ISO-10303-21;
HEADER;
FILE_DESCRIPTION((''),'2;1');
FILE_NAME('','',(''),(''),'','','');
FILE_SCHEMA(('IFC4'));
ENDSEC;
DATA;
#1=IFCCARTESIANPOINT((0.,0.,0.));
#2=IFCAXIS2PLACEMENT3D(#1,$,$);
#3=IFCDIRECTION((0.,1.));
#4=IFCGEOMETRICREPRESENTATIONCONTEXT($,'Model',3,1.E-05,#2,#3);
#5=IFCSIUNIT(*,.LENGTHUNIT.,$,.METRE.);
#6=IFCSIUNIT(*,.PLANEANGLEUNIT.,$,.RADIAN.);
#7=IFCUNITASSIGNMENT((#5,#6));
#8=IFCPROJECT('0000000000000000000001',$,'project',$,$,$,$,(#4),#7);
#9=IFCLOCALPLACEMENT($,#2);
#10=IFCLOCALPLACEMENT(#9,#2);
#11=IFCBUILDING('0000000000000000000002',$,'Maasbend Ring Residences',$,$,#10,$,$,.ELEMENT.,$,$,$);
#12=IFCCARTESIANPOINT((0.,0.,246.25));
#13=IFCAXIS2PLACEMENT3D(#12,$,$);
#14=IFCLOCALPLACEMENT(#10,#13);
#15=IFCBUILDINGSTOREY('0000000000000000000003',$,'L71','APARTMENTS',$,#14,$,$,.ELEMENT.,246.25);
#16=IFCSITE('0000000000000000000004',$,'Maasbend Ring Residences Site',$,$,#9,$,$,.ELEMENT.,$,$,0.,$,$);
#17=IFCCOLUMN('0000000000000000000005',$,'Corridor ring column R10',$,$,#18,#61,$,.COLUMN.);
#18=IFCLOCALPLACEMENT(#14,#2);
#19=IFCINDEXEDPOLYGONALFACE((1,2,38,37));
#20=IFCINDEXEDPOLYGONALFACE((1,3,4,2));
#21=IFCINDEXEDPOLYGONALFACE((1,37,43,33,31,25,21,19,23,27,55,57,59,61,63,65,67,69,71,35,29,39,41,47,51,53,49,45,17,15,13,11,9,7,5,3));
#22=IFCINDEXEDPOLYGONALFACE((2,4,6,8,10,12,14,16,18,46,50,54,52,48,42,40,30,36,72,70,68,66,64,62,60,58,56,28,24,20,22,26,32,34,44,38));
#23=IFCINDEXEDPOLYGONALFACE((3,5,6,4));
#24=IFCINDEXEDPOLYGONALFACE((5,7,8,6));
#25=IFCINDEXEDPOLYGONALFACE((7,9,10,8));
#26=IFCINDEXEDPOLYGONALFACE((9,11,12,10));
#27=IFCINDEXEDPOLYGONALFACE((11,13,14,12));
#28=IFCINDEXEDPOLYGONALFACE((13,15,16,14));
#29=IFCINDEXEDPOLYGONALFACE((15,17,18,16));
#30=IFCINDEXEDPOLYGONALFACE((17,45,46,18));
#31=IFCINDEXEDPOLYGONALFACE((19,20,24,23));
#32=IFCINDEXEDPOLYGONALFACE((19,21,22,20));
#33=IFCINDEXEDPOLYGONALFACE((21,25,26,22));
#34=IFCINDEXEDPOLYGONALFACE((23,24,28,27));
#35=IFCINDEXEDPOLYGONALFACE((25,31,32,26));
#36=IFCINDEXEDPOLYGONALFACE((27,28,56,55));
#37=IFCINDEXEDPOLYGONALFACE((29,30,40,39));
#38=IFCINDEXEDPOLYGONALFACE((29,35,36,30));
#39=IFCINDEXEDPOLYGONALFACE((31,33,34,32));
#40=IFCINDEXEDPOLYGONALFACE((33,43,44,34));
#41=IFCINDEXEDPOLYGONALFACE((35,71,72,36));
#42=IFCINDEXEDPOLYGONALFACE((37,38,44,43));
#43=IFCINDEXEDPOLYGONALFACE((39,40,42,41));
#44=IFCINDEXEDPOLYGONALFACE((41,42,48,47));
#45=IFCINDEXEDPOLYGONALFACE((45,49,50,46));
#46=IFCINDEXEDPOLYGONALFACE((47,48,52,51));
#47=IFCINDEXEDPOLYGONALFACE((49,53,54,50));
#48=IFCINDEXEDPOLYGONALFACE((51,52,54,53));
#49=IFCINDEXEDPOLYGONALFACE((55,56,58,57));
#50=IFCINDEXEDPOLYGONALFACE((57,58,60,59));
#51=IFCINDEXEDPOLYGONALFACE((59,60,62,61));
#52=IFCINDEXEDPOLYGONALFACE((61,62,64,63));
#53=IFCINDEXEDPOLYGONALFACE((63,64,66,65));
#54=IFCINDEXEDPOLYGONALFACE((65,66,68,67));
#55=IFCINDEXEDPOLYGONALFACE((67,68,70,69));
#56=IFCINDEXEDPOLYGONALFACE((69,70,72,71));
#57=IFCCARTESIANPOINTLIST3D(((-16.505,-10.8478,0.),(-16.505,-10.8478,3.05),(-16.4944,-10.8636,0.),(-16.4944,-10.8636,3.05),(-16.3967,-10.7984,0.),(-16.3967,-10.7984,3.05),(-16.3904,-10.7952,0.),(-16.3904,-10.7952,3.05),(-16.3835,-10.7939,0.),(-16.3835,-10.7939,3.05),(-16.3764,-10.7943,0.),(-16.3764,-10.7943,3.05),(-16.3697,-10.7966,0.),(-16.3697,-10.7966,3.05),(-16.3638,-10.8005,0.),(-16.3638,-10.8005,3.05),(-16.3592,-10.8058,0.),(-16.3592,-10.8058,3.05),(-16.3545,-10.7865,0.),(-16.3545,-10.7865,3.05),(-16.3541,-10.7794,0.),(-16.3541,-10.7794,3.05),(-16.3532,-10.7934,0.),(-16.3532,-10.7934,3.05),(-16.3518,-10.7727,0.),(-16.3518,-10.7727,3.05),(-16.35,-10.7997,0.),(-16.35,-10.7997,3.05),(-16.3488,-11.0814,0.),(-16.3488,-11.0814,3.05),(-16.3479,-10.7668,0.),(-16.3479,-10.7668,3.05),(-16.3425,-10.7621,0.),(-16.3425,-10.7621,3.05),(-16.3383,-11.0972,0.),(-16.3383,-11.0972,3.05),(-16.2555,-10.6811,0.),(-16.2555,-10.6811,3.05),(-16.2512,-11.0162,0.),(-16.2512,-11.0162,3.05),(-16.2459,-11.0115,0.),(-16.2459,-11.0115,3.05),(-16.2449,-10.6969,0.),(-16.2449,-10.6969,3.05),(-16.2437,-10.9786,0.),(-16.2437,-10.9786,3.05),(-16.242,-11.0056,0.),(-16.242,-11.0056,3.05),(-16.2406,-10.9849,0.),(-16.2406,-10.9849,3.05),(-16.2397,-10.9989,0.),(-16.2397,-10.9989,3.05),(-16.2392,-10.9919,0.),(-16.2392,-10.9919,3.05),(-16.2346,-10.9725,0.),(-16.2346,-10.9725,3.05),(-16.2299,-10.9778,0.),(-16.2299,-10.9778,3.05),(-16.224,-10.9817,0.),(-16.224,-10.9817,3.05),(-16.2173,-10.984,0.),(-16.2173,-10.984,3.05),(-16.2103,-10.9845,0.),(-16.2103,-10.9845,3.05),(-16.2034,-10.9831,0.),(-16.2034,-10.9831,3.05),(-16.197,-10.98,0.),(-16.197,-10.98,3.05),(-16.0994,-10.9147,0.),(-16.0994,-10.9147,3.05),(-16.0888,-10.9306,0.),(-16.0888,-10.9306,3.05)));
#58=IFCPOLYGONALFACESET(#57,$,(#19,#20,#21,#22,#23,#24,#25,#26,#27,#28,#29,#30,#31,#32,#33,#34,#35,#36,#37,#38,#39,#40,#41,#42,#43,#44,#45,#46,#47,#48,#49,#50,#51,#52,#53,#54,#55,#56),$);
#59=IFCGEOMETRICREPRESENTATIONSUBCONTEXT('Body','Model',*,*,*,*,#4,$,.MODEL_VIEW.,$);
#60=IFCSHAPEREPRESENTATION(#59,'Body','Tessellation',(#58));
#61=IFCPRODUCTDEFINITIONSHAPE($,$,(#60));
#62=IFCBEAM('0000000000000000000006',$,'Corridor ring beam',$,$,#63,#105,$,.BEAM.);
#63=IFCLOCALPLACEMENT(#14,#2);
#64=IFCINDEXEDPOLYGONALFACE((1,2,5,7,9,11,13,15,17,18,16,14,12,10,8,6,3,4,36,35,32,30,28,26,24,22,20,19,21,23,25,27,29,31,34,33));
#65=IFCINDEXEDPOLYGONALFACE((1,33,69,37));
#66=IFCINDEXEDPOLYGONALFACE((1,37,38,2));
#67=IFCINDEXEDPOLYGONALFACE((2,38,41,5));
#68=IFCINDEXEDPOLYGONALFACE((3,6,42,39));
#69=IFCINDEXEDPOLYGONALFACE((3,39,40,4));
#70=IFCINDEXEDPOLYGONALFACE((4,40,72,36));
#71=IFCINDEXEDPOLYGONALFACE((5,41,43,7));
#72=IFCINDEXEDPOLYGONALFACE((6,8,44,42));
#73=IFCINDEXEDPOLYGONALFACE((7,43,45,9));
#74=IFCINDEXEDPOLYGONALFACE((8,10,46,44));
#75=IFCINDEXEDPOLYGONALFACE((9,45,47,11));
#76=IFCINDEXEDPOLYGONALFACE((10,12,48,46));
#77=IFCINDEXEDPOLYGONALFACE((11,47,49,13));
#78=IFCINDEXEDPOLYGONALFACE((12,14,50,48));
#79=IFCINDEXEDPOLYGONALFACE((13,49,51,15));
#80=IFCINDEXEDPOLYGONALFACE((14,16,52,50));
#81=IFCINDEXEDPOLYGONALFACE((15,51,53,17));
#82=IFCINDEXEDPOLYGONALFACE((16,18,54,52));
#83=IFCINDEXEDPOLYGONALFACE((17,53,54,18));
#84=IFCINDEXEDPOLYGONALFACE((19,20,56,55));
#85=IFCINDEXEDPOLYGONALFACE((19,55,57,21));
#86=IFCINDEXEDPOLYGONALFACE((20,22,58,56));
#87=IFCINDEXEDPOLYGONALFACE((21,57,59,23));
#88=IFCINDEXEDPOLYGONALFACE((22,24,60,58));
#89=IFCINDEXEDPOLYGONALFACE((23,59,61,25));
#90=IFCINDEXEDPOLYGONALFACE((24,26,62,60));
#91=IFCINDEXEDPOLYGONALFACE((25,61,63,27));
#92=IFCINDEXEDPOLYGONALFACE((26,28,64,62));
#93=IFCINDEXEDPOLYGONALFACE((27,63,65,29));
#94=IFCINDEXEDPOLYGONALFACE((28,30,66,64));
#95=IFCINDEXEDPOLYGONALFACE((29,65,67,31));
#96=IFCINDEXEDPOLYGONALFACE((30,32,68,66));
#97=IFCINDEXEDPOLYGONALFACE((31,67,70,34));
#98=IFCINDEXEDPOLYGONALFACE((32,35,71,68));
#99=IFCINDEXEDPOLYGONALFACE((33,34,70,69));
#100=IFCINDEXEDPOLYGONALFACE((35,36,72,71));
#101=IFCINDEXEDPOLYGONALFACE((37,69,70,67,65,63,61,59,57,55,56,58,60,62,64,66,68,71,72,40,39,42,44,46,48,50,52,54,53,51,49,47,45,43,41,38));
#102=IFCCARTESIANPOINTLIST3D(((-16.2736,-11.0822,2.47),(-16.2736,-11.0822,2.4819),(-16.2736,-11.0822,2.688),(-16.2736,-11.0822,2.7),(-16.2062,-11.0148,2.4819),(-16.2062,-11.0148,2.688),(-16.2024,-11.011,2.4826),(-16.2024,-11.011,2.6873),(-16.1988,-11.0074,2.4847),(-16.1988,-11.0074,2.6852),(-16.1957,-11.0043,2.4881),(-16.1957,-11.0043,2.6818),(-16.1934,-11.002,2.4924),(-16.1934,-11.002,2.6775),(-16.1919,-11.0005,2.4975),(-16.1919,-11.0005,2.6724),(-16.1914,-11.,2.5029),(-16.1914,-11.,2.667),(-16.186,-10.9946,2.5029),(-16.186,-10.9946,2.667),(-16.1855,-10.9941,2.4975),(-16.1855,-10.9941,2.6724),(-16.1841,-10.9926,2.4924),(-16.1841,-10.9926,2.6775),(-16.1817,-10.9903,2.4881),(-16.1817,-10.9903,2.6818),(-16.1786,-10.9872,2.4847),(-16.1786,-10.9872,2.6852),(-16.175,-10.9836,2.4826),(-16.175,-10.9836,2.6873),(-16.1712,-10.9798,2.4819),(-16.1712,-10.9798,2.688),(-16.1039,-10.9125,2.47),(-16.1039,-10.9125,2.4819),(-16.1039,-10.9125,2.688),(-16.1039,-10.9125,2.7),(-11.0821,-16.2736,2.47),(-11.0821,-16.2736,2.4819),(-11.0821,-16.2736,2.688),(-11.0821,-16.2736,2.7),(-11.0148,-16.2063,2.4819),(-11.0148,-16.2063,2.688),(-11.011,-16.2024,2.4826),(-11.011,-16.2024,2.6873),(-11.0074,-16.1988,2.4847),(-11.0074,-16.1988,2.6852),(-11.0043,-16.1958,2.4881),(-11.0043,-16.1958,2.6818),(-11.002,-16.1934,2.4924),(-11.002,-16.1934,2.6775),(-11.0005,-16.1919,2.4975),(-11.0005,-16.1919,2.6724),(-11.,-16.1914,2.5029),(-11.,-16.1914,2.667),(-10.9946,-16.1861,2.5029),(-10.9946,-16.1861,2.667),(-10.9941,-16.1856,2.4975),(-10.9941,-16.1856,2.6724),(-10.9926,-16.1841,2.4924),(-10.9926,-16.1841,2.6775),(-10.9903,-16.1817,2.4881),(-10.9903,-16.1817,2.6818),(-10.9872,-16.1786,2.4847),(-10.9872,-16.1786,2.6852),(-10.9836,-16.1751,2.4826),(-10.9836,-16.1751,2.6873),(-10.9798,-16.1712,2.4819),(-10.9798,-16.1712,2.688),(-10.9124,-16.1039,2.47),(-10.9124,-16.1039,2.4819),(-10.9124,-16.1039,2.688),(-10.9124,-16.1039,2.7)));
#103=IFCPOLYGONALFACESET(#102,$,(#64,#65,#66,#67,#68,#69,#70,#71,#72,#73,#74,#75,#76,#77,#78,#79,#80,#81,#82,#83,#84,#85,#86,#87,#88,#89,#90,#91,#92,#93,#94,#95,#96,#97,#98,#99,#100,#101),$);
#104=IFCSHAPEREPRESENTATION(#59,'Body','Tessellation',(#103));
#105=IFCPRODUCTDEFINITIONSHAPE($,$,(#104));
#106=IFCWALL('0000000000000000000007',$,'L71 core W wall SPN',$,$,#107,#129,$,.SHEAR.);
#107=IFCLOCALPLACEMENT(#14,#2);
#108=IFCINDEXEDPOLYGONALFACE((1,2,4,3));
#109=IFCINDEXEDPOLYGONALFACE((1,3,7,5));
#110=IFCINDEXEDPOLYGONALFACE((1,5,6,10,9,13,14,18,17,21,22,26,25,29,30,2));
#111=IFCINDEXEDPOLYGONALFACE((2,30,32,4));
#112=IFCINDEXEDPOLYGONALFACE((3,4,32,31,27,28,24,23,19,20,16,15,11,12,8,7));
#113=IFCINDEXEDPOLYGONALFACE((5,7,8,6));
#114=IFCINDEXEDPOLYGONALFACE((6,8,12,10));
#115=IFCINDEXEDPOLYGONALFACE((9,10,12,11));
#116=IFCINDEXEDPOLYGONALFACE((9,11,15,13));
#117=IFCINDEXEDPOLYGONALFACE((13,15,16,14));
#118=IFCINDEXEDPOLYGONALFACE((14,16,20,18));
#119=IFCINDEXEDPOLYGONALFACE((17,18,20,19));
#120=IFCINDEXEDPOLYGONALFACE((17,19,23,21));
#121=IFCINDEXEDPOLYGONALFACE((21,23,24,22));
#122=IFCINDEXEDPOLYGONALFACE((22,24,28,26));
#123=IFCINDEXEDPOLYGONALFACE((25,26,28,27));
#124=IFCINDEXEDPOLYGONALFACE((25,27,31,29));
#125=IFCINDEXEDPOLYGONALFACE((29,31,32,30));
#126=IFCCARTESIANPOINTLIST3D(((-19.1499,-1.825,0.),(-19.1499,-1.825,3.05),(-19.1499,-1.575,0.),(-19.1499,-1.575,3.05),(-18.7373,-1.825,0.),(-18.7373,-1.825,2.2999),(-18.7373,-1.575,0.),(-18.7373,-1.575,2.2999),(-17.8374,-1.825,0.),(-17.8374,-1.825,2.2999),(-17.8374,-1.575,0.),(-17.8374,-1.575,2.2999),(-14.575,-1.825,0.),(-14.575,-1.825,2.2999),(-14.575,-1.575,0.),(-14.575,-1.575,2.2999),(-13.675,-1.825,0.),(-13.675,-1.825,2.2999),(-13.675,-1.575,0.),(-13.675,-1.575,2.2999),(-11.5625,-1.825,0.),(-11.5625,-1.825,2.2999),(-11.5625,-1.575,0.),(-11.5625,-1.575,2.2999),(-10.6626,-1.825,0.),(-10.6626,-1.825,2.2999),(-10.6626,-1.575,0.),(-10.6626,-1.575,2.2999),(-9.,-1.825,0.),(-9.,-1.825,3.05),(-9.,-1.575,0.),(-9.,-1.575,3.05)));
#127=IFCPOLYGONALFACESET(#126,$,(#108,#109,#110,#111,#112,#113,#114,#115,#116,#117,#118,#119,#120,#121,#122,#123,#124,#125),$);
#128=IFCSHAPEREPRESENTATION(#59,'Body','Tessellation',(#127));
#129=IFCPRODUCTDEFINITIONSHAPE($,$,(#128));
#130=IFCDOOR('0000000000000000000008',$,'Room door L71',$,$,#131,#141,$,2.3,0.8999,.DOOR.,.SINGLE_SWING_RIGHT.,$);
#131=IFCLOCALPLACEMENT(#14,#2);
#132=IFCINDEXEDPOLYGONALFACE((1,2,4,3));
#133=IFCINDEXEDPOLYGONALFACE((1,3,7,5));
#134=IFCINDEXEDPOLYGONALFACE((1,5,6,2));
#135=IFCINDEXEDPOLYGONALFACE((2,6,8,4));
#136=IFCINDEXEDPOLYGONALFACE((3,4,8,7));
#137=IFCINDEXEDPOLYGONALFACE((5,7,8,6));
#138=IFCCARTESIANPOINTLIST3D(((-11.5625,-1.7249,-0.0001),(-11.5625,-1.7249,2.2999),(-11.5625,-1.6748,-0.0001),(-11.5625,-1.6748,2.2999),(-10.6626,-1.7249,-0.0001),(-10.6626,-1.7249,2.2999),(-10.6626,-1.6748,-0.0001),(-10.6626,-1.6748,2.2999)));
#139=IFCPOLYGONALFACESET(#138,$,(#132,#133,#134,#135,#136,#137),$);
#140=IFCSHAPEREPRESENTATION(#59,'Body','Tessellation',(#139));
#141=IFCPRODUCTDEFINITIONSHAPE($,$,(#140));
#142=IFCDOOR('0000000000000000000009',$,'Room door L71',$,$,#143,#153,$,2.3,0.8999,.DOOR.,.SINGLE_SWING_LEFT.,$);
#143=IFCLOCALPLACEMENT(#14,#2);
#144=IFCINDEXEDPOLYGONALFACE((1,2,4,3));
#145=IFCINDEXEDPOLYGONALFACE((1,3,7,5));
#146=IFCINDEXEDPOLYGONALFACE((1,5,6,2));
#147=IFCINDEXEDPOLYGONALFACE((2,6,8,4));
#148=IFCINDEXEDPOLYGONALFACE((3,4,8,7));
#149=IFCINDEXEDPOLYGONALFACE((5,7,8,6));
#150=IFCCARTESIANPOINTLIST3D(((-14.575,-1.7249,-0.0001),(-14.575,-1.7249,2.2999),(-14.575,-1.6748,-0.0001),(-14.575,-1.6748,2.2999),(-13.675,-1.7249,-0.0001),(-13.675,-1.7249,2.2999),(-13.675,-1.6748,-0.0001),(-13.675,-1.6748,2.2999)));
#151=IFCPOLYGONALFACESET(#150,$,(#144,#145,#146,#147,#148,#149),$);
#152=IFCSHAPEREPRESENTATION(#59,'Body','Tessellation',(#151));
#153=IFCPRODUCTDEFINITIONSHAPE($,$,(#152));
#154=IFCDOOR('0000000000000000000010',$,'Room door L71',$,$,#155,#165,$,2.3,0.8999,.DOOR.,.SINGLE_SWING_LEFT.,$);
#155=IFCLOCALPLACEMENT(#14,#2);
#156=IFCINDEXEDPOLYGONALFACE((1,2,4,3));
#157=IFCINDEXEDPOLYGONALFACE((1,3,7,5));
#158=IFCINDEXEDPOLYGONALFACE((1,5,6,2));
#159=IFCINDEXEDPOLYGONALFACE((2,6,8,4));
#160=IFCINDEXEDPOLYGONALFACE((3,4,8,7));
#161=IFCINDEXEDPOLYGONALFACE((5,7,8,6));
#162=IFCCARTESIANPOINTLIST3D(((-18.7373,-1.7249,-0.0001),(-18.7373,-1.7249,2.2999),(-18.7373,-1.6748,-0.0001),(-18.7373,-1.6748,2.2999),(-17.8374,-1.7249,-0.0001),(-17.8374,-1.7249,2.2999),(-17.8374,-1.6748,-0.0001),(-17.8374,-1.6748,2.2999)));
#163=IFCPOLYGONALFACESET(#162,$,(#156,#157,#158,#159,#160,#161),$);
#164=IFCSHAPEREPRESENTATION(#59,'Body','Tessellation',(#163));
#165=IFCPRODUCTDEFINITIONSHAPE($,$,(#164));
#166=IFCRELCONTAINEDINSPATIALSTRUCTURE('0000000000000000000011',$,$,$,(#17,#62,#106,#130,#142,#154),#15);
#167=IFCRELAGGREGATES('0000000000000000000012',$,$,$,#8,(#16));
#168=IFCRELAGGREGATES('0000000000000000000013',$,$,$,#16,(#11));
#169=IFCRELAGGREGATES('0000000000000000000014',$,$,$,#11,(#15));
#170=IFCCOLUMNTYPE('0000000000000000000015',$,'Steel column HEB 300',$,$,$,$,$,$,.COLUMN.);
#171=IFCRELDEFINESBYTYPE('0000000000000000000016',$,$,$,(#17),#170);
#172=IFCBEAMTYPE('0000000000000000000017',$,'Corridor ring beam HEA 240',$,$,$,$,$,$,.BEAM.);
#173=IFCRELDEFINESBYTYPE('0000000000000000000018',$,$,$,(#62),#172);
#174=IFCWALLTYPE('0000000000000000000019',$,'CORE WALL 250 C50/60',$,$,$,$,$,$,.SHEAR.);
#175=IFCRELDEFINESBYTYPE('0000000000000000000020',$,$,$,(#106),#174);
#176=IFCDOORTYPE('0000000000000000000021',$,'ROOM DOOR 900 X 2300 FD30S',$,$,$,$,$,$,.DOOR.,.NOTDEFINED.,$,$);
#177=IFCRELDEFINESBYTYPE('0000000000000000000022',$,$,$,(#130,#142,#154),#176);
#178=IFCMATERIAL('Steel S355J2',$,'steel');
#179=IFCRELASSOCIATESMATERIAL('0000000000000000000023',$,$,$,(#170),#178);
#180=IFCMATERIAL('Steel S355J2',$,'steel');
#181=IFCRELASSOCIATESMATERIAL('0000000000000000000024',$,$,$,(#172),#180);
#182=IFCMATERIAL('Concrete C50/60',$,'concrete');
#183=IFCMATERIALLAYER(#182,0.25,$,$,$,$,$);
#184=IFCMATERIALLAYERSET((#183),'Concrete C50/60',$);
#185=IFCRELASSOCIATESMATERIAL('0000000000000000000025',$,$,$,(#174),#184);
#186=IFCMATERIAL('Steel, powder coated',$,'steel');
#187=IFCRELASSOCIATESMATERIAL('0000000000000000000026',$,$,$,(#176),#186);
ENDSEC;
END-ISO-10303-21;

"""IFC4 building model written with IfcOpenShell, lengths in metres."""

from ifc_helpers import new_model, si_unit, direction, frame, frame_2d, origin, origin_2d, place, context, subcontext, project, spatial, rectangle, i_section, extrude, material, layer, layer_set, material_profile, profile_set, type_object, element, fill, save


model = new_model("IFC4")

# Units and contexts
model_context = context("Model", 3, precision=1e-05, world=origin(), true_north=direction((0.0, 1.0)))
body_context = subcontext(model_context, "Body", "Model", "MODEL_VIEW")
ifc_project = project(units=[si_unit("LENGTHUNIT", "METRE"), si_unit("PLANEANGLEUNIT", "RADIAN")], contexts=[model_context])

# Site, building, storey
site_placement = place(None, origin())
site = spatial("IfcSite", under=ifc_project, at=site_placement, Name="Maasbend Ring Residences Site", CompositionType="ELEMENT", RefElevation=0.0)
building_placement = place(site_placement, origin())
building = spatial("IfcBuilding", under=site, at=building_placement, Name="Maasbend Ring Residences", CompositionType="ELEMENT")
storey_placement = place(building_placement, frame((0.0, 0.0, 246.25)))
storey = spatial("IfcBuildingStorey", under=building, at=storey_placement, Name="L71", Description="APARTMENTS", CompositionType="ELEMENT", Elevation=246.25)

# Column
ifc_material_1 = material(Name="Steel S355J2", Category="steel")
ifc_material_profile_1 = material_profile(ifc_material_1, i_section(OverallWidth=0.3, OverallDepth=0.3, WebThickness=0.011, FlangeThickness=0.019, FilletRadius=0.0271, at=origin_2d()), Name="HEB 300")
ifc_profile_set_1 = profile_set([ifc_material_profile_1], Name="Steel S355J2")
column_type = type_object("IfcColumnType", Name="Steel column HEB 300", PredefinedType="COLUMN", material=ifc_profile_set_1)
column_placement = place(storey_placement, frame((-16.2969, -10.8892, 0.0), z_axis=(0.0, 0.0, 1.0), x_axis=(-0.83147, -0.55557, 0.0)))
element("IfcColumn", 1, at=column_placement, inside=storey, type_object=column_type, Name="Corridor ring column R10", PredefinedType="COLUMN", context=body_context, shape_type="SweptSolid", body=[
    extrude(i_section(OverallWidth=0.3, OverallDepth=0.3, WebThickness=0.011, FlangeThickness=0.019, FilletRadius=0.0271, at=origin_2d()), origin(), (0.0, 0.0, 1.0), 3.05),
])

# Beam
ifc_material_2 = material(Name="Steel S355J2", Category="steel")
ifc_material_profile_2 = material_profile(ifc_material_2, i_section(OverallWidth=0.24, OverallDepth=0.23, WebThickness=0.0076, FlangeThickness=0.012, FilletRadius=0.021, at=origin_2d()), Name="HEA 240")
ifc_profile_set_2 = profile_set([ifc_material_profile_2], Name="Steel S355J2")
beam_type = type_object("IfcBeamType", Name="Corridor ring beam HEA 240", PredefinedType="BEAM", material=ifc_profile_set_2)
beam_placement = place(storey_placement, frame((-16.1887, -10.9973, 2.585), z_axis=(0.707107, -0.707107, 0.0), x_axis=(0.707107, 0.707107, 0.0)))
element("IfcBeam", 2, at=beam_placement, inside=storey, type_object=beam_type, Name="Corridor ring beam", PredefinedType="BEAM", context=body_context, shape_type="SweptSolid", body=[
    extrude(i_section(OverallWidth=0.24, OverallDepth=0.23, WebThickness=0.0076, FlangeThickness=0.012, FilletRadius=0.021, at=origin_2d()), origin(), (0.0, 0.0, 1.0), 7.3418),
])

# Wall, openings, doors
ifc_material_3 = material(Name="Concrete C50/60", Category="concrete")
ifc_layer_1 = layer(ifc_material_3, 0.25)
ifc_layer_set_1 = layer_set([ifc_layer_1], Name="Concrete C50/60")
wall_type_1 = type_object("IfcWallType", Name="CORE WALL 250 C50/60", PredefinedType="SHEAR", material=ifc_layer_set_1)
wall_1_placement = place(storey_placement, frame((-9.0, -1.7, 0.0), z_axis=(0.0, 0.0, 1.0), x_axis=(-1.0, 0.0, 0.0)))
wall_1 = element("IfcWall", 3, at=wall_1_placement, inside=storey, type_object=wall_type_1, Name="L71 core W wall SPN", PredefinedType="SHEAR", context=body_context, shape_type="SweptSolid", body=[
    extrude(rectangle(XDim=10.1499, YDim=0.25, at=frame_2d((5.075, 0.0))), origin(), (0.0, 0.0, 1.0), 3.05),
])
opening_1_placement = place(wall_1_placement, frame((1.6626, 0.0, 0.0)))
opening_1 = element("IfcOpeningElement", 4, at=opening_1_placement, cuts=wall_1, PredefinedType="OPENING", context=body_context, shape_type="SweptSolid", body=[
    extrude(rectangle(XDim=0.8999, YDim=2.3, at=frame_2d((0.45, 1.1499))), frame((0.0, 0.135, 0.0), z_axis=(0.0, -1.0, 0.0), x_axis=(1.0, 0.0, 0.0)), (0.0, 0.0, 1.0), 0.27),
])
opening_2_placement = place(wall_1_placement, frame((4.675, 0.0, 0.0)))
opening_2 = element("IfcOpeningElement", 5, at=opening_2_placement, cuts=wall_1, PredefinedType="OPENING", context=body_context, shape_type="SweptSolid", body=[
    extrude(rectangle(XDim=0.8999, YDim=2.3, at=frame_2d((0.45, 1.1499))), frame((0.0, 0.135, 0.0), z_axis=(0.0, -1.0, 0.0), x_axis=(1.0, 0.0, 0.0)), (0.0, 0.0, 1.0), 0.27),
])
opening_3_placement = place(wall_1_placement, frame((8.8374, 0.0, 0.0)))
opening_3 = element("IfcOpeningElement", 6, at=opening_3_placement, cuts=wall_1, PredefinedType="OPENING", context=body_context, shape_type="SweptSolid", body=[
    extrude(rectangle(XDim=0.8999, YDim=2.3, at=frame_2d((0.45, 1.1499))), frame((0.0, 0.135, 0.0), z_axis=(0.0, -1.0, 0.0), x_axis=(1.0, 0.0, 0.0)), (0.0, 0.0, 1.0), 0.27),
])
ifc_material_4 = material(Name="Steel, powder coated", Category="steel")
door_type_1 = type_object("IfcDoorType", Name="ROOM DOOR 900 X 2300 FD30S", OperationType="NOTDEFINED", PredefinedType="DOOR", material=ifc_material_4)
door_1_placement = place(opening_1_placement, origin())
door_1 = element("IfcDoor", 7, at=door_1_placement, inside=storey, type_object=door_type_1, Name="Room door L71", OperationType="SINGLE_SWING_RIGHT", OverallHeight=2.3, OverallWidth=0.8999, PredefinedType="DOOR", context=body_context, shape_type="SweptSolid", body=[
    extrude(rectangle(XDim=0.8999, YDim=2.3, at=frame_2d((0.45, 1.1499))), frame((0.0, 0.0249, 0.0), z_axis=(0.0, -1.0, 0.0), x_axis=(1.0, 0.0, 0.0)), (0.0, 0.0, 1.0), 0.05),
])
fill(opening_1, door_1)
door_2_placement = place(opening_2_placement, origin())
door_2 = element("IfcDoor", 8, at=door_2_placement, inside=storey, type_object=door_type_1, Name="Room door L71", OperationType="SINGLE_SWING_LEFT", OverallHeight=2.3, OverallWidth=0.8999, PredefinedType="DOOR", context=body_context, shape_type="SweptSolid", body=[
    extrude(rectangle(XDim=0.8999, YDim=2.3, at=frame_2d((0.45, 1.1499))), frame((0.0, 0.0249, 0.0), z_axis=(0.0, -1.0, 0.0), x_axis=(1.0, 0.0, 0.0)), (0.0, 0.0, 1.0), 0.05),
])
fill(opening_2, door_2)
door_3_placement = place(opening_3_placement, origin())
door_3 = element("IfcDoor", 9, at=door_3_placement, inside=storey, type_object=door_type_1, Name="Room door L71", OperationType="SINGLE_SWING_LEFT", OverallHeight=2.3, OverallWidth=0.8999, PredefinedType="DOOR", context=body_context, shape_type="SweptSolid", body=[
    extrude(rectangle(XDim=0.8999, YDim=2.3, at=frame_2d((0.45, 1.1499))), frame((0.0, 0.0249, 0.0), z_axis=(0.0, -1.0, 0.0), x_axis=(1.0, 0.0, 0.0)), (0.0, 0.0, 1.0), 0.05),
])
fill(opening_3, door_3)

save(model, "model.ifc")
